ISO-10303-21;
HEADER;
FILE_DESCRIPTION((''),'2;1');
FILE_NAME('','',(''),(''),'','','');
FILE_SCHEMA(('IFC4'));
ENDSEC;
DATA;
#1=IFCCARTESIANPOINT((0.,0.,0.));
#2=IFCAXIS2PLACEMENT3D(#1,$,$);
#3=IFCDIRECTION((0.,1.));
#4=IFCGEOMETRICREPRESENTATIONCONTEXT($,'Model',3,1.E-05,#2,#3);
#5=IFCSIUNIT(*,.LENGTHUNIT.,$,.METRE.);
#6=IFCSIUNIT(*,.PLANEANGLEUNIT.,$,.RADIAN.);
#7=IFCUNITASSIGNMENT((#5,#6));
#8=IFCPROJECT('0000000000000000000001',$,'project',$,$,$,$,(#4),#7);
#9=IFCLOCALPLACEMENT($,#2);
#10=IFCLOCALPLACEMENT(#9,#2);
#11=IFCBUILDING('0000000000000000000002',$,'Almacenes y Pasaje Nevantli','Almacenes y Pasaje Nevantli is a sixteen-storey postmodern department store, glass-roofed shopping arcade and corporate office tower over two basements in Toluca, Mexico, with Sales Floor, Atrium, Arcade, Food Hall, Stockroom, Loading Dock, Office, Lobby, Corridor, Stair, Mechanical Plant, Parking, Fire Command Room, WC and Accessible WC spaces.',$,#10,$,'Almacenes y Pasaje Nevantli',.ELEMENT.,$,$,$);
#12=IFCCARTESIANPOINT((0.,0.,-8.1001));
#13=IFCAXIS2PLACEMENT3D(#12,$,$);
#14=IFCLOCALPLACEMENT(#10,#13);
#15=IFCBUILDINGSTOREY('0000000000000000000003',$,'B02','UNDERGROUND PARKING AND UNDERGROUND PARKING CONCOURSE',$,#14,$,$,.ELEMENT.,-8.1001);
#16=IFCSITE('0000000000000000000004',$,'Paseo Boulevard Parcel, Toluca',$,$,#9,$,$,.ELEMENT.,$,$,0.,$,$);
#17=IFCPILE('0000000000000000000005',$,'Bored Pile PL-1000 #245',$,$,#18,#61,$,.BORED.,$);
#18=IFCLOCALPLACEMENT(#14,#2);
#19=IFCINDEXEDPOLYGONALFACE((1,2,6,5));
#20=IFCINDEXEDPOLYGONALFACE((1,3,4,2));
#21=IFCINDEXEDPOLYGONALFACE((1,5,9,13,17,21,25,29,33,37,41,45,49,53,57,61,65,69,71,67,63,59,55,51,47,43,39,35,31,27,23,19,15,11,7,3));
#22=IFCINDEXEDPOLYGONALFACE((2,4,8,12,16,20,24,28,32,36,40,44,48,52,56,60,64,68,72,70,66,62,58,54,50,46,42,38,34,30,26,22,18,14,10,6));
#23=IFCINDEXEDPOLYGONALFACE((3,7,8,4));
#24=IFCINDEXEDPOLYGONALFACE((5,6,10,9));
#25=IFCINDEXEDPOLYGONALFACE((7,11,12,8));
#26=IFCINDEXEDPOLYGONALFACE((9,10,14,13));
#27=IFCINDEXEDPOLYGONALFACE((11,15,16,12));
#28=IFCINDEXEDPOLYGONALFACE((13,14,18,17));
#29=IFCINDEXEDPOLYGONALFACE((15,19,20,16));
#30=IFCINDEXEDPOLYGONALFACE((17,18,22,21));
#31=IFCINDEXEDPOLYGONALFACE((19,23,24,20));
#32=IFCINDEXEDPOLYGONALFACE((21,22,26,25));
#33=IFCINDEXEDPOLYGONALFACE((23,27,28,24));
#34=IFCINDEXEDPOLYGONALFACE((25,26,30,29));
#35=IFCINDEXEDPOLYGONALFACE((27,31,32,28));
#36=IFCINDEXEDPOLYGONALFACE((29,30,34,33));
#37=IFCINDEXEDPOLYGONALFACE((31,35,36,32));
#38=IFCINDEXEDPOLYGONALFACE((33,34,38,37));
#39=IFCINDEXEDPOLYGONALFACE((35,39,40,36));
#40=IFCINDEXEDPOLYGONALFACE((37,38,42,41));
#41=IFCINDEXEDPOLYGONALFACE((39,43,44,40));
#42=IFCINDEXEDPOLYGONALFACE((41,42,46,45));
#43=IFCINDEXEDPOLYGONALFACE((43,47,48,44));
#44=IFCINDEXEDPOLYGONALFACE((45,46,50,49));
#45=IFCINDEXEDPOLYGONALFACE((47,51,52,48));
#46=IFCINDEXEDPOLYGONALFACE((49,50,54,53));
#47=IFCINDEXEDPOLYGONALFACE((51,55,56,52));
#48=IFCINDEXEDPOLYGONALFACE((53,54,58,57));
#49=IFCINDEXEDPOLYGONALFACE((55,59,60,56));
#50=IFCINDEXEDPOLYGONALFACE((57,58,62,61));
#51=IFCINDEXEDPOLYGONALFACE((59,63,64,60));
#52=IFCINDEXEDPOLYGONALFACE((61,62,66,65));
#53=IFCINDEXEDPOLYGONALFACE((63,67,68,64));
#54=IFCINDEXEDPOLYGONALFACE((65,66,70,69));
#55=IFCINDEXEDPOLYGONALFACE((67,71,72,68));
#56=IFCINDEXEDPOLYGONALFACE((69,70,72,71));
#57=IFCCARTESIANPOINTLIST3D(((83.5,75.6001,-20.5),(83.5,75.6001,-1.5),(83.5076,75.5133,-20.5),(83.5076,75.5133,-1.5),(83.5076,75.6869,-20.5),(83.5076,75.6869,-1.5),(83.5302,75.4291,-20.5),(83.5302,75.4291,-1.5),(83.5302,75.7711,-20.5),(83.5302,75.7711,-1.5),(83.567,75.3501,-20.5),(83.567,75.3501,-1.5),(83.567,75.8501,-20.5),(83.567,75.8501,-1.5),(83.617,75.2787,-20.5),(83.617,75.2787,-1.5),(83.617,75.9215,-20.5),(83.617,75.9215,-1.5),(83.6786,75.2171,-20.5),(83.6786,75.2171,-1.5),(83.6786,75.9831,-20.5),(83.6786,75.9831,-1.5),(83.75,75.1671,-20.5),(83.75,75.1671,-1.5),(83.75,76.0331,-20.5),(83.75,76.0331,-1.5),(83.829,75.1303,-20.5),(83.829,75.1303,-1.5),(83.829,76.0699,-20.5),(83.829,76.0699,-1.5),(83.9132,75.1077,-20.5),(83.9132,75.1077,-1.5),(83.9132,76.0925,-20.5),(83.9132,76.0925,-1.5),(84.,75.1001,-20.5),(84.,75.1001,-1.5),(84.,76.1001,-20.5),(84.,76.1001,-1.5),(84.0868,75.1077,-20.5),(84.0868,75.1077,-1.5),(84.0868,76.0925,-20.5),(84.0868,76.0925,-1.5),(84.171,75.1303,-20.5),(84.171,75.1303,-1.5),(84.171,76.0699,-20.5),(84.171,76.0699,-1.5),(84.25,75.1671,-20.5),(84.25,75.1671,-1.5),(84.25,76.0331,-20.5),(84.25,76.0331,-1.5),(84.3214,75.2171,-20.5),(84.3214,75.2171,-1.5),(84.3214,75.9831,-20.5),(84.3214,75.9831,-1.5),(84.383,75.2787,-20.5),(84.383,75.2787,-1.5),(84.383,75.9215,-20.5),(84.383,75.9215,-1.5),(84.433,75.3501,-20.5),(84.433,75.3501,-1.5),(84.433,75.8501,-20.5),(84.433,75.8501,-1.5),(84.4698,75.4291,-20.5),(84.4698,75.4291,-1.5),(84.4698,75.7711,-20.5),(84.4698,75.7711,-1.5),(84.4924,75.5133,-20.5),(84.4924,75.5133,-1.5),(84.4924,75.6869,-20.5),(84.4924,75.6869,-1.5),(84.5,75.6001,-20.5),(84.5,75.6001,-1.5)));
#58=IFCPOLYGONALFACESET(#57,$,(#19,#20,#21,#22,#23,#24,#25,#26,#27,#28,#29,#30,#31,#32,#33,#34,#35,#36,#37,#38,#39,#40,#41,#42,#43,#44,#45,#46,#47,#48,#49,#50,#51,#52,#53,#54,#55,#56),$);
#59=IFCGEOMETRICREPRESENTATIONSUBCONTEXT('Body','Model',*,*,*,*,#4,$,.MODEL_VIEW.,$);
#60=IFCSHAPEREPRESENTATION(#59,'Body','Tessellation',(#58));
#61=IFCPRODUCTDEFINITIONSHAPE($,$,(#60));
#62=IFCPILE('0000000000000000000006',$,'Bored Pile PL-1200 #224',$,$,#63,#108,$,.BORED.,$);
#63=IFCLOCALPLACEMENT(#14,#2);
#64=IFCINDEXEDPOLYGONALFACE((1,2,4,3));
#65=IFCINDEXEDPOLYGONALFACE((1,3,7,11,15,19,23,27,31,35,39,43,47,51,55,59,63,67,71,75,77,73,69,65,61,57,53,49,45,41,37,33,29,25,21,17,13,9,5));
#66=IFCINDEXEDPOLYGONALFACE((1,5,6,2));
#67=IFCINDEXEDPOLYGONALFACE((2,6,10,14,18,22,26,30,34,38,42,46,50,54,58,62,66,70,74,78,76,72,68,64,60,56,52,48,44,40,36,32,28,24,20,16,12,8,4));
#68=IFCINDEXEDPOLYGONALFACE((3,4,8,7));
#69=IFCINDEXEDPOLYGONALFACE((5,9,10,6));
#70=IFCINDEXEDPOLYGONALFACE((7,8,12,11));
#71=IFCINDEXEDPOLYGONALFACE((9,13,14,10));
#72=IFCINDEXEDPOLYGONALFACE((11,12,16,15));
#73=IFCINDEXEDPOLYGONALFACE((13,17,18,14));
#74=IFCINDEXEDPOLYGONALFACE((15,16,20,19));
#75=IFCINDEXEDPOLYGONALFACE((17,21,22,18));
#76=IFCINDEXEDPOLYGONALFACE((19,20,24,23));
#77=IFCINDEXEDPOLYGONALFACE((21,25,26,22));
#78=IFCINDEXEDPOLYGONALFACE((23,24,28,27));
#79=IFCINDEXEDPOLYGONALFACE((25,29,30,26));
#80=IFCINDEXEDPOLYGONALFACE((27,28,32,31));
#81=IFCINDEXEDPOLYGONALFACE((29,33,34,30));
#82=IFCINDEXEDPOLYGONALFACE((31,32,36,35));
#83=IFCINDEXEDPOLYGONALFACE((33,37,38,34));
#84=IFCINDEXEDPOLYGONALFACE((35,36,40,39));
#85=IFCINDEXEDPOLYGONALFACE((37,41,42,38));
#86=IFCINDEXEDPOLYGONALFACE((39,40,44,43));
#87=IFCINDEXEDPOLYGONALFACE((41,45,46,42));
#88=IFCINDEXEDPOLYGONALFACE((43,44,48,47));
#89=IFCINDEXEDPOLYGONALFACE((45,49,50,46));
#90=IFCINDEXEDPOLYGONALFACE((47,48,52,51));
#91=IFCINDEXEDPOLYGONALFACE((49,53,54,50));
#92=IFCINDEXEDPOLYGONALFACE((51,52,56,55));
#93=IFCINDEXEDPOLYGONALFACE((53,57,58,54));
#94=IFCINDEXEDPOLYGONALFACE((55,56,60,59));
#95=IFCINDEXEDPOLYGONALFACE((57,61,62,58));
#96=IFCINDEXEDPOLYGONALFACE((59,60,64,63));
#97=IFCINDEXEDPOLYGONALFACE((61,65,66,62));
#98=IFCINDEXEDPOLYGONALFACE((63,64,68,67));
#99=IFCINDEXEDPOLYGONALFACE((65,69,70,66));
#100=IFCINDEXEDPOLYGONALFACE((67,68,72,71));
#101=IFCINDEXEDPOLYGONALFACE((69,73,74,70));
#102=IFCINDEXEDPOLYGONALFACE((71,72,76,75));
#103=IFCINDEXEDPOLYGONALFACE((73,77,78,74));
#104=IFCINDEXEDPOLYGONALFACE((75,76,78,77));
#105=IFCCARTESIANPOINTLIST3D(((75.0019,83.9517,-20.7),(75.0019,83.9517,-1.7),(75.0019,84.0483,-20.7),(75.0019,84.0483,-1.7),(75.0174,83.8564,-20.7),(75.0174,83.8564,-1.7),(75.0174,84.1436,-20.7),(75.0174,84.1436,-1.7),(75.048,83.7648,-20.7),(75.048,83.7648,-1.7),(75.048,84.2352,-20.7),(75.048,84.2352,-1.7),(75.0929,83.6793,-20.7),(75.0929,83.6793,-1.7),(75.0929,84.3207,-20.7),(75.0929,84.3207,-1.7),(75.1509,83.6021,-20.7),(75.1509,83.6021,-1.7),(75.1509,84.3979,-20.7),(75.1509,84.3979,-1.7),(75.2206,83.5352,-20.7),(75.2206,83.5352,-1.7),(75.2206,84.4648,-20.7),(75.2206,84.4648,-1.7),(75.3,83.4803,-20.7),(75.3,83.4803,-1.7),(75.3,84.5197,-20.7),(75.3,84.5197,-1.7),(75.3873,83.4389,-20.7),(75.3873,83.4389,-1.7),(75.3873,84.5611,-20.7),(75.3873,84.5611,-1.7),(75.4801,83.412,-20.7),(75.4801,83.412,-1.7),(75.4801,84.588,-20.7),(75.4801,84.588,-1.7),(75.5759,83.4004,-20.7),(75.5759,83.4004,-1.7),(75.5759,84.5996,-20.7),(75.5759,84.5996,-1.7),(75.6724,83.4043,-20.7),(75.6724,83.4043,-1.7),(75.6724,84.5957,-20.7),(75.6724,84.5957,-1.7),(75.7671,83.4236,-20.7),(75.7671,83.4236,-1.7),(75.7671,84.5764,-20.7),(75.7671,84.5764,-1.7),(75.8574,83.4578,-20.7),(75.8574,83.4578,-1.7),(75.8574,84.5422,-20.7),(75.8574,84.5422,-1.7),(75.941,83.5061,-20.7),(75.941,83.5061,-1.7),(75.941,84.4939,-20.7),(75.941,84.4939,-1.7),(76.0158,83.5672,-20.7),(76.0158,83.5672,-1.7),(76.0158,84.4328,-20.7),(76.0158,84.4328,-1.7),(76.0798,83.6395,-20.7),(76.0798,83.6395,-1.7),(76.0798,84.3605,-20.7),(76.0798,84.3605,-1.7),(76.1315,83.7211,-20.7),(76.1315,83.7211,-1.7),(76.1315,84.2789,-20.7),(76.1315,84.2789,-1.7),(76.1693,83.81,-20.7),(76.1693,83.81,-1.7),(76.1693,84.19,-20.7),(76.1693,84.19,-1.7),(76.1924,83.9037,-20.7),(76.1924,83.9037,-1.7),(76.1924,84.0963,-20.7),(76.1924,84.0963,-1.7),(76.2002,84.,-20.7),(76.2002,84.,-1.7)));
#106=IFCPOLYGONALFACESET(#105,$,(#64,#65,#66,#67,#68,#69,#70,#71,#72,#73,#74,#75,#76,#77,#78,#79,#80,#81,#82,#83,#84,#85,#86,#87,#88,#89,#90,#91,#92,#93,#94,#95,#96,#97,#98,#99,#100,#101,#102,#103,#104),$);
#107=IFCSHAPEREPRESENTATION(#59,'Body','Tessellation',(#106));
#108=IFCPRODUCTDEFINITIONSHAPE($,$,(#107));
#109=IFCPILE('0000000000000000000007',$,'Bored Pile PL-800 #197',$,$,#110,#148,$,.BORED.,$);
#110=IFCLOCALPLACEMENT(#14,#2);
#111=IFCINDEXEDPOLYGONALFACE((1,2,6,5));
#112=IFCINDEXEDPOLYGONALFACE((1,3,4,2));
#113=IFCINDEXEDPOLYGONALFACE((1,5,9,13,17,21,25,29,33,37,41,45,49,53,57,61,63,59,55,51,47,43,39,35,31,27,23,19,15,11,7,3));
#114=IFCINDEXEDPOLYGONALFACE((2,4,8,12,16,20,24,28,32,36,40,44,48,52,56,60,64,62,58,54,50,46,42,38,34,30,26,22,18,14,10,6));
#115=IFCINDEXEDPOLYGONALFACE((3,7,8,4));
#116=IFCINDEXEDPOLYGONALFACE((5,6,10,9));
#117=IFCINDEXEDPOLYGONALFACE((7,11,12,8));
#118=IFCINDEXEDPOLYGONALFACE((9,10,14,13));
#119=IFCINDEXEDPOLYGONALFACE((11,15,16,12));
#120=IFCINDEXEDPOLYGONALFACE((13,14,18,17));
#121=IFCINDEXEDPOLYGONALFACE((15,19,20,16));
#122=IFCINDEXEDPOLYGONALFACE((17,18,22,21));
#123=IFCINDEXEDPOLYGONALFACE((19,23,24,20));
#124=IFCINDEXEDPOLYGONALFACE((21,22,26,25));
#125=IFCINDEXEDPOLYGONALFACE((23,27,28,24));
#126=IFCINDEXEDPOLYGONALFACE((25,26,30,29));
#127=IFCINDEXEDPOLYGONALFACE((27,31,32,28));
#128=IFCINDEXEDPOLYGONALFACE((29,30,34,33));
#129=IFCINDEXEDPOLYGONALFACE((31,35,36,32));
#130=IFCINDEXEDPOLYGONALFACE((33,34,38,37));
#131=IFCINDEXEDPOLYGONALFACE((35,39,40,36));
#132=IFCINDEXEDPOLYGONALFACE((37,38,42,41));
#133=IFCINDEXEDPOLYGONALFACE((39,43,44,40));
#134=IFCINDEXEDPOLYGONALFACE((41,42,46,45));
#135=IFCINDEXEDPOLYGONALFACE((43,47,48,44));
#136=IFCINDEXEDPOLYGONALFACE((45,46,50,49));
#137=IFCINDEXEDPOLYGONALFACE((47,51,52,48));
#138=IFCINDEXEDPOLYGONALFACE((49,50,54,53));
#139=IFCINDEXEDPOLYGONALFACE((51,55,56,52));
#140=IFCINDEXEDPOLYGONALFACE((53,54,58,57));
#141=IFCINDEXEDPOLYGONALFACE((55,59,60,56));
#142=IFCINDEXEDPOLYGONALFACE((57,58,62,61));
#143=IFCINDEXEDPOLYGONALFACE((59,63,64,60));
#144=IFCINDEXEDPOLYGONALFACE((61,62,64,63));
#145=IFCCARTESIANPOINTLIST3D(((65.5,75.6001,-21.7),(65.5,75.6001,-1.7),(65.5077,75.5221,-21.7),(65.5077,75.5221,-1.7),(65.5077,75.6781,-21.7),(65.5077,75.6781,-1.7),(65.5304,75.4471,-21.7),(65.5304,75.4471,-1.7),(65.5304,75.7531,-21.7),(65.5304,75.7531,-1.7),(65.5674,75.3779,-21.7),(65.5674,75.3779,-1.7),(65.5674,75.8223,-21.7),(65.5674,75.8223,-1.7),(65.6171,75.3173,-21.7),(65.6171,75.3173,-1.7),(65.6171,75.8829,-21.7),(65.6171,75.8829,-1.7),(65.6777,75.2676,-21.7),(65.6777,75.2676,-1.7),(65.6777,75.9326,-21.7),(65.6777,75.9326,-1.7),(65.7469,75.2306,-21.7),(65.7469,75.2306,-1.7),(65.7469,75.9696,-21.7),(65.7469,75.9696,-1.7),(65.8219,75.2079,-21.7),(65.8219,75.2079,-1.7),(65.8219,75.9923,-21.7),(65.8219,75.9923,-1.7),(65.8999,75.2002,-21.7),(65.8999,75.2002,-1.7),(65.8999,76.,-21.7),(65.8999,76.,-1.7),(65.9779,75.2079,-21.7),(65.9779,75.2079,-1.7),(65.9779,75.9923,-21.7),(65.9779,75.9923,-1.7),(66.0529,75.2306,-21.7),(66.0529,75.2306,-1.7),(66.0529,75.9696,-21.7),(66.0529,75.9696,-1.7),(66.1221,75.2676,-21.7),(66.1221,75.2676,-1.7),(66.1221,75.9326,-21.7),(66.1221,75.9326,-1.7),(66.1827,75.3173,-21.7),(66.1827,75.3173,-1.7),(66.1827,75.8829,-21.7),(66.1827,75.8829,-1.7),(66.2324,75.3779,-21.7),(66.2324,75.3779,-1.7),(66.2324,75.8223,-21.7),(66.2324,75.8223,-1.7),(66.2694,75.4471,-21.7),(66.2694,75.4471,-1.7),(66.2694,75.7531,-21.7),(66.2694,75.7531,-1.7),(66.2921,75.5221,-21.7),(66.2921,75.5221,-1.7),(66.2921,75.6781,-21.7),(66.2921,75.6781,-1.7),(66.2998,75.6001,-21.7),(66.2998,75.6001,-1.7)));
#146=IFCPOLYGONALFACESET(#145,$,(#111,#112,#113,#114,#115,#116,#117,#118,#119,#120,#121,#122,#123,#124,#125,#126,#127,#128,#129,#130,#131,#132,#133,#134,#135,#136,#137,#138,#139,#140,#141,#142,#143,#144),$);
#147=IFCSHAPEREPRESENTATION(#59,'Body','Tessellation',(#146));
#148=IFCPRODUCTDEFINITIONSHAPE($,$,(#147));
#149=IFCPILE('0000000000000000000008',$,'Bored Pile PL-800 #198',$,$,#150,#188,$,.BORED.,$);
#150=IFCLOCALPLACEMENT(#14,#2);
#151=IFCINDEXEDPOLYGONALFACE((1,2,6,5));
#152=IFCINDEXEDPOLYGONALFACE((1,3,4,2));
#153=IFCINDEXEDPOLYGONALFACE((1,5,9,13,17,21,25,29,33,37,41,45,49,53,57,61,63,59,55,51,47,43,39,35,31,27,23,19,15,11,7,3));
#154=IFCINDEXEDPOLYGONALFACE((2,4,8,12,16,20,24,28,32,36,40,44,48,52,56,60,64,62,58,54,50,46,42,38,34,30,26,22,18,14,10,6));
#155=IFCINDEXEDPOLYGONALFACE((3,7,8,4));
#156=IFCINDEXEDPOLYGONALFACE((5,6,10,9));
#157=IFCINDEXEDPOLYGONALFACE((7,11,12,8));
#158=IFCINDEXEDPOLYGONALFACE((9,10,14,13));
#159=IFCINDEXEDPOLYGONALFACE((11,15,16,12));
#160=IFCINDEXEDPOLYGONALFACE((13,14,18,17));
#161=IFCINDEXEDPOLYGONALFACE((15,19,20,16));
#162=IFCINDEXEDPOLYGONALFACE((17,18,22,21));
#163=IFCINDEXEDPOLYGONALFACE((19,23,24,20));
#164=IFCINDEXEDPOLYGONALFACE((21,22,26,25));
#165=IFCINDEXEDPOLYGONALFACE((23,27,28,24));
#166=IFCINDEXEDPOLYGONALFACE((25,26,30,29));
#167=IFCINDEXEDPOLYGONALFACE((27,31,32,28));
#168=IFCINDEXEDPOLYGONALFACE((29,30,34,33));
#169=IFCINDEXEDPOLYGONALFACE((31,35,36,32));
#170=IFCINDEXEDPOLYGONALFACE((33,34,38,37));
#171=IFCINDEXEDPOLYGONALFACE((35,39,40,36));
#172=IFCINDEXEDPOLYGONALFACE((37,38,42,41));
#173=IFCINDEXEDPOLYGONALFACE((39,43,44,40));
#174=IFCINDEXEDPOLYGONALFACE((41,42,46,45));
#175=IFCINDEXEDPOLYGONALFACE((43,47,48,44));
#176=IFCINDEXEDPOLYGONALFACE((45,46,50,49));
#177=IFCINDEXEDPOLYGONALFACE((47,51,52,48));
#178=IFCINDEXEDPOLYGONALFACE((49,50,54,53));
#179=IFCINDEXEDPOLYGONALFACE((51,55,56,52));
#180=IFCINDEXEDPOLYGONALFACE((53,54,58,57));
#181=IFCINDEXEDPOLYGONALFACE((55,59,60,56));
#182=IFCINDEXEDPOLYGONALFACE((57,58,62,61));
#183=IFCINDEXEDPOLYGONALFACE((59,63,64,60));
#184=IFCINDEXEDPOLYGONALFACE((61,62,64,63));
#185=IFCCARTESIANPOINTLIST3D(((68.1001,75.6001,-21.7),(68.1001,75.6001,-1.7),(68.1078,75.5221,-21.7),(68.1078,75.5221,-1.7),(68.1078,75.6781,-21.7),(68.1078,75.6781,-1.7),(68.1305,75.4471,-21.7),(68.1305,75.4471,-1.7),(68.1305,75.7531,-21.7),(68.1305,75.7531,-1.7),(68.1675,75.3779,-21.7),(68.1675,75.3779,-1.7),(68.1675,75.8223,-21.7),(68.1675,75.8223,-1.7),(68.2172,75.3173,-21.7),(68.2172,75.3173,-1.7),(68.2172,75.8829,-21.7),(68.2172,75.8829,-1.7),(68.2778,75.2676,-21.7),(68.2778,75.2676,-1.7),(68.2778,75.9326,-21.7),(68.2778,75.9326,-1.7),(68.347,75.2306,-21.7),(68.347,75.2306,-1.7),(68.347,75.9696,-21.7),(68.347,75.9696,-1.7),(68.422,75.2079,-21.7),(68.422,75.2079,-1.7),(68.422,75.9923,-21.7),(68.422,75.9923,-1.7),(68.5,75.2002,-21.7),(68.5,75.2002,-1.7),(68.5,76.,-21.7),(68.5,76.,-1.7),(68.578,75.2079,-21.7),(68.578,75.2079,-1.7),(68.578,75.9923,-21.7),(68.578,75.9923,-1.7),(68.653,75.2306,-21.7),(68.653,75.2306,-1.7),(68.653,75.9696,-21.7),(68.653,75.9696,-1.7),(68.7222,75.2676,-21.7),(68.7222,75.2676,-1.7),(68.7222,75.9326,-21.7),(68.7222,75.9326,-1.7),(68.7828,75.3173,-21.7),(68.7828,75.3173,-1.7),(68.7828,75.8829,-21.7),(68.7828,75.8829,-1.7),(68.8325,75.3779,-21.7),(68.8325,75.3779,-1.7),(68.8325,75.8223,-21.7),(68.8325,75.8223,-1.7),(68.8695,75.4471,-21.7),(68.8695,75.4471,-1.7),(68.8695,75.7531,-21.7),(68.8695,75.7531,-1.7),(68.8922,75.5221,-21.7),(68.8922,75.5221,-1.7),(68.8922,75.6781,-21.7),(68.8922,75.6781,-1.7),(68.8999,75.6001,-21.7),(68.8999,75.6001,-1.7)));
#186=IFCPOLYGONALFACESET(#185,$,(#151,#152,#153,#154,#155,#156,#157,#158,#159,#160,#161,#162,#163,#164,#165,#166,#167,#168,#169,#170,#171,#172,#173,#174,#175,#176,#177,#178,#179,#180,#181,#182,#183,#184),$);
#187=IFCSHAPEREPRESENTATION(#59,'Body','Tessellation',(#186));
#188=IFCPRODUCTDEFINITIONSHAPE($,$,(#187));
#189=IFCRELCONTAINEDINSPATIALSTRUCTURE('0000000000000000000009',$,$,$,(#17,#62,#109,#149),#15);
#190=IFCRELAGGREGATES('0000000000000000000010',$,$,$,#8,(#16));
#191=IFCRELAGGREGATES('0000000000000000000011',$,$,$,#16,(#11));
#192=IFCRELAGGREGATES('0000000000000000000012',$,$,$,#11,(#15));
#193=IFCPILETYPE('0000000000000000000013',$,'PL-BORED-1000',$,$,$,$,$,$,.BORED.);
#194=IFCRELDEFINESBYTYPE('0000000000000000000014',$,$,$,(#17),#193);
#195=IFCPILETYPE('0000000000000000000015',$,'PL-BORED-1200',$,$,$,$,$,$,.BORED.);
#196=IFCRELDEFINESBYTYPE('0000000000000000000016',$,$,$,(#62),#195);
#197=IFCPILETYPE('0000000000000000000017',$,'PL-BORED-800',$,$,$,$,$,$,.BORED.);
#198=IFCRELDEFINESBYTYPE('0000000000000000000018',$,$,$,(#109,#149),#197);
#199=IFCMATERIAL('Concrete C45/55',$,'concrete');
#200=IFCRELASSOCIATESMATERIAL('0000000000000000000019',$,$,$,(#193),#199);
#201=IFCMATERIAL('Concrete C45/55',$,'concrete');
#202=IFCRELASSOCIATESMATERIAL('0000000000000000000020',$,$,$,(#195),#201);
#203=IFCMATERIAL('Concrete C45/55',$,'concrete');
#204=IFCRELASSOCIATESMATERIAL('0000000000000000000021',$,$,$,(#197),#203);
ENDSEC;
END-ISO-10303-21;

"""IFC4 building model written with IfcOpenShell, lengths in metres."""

from ifc_helpers import new_model, si_unit, direction, frame, origin, origin_2d, place, context, subcontext, project, spatial, circle, extrude, material, material_profile, profile_set, type_object, element, save


model = new_model("IFC4")

# Units and contexts
model_context = context("Model", 3, precision=1e-05, world=origin(), true_north=direction((0.0, 1.0)))
body_context = subcontext(model_context, "Body", "Model", "MODEL_VIEW")
ifc_project = project(units=[si_unit("LENGTHUNIT", "METRE"), si_unit("PLANEANGLEUNIT", "RADIAN")], contexts=[model_context])

# Site, building, storey
site_placement = place(None, origin())
site = spatial("IfcSite", under=ifc_project, at=site_placement, Name="Paseo Boulevard Parcel, Toluca", CompositionType="ELEMENT", RefElevation=0.0)
building_placement = place(site_placement, origin())
building = spatial("IfcBuilding", under=site, at=building_placement, Name="Almacenes y Pasaje Nevantli", Description="Almacenes y Pasaje Nevantli is a sixteen-storey postmodern department store, glass-roofed shopping arcade and corporate office tower over two basements in Toluca, Mexico, with Sales Floor, Atrium, Arcade, Food Hall, Stockroom, Loading Dock, Office, Lobby, Corridor, Stair, Mechanical Plant, Parking, Fire Command Room, WC and Accessible WC spaces.", LongName="Almacenes y Pasaje Nevantli", CompositionType="ELEMENT")
storey_placement = place(building_placement, frame((0.0, 0.0, -8.1001)))
storey = spatial("IfcBuildingStorey", under=building, at=storey_placement, Name="B02", Description="UNDERGROUND PARKING AND UNDERGROUND PARKING CONCOURSE", CompositionType="ELEMENT", Elevation=-8.1001)

# Piles
ifc_material_1 = material(Name="Concrete C45/55", Category="concrete")
ifc_material_profile_1 = material_profile(ifc_material_1, circle(Radius=0.5, at=origin_2d()), Name="RC-PILE-D1000")
ifc_profile_set_1 = profile_set([ifc_material_profile_1], Name="Concrete C45/55")
pile_type_1 = type_object("IfcPileType", Name="PL-BORED-1000", PredefinedType="BORED", material=ifc_profile_set_1)
pile_1_placement = place(storey_placement, frame((84.0, 75.6001, -1.5), z_axis=(0.0, 0.0, -1.0), x_axis=(1.0, 0.0, 0.0)))
element("IfcPile", 1, at=pile_1_placement, inside=storey, type_object=pile_type_1, Name="Bored Pile PL-1000 #245", PredefinedType="BORED", context=body_context, shape_type="SweptSolid", body=[
    extrude(circle(Radius=0.5, at=origin_2d()), origin(), (0.0, 0.0, 1.0), 19.0),
])
ifc_material_2 = material(Name="Concrete C45/55", Category="concrete")
ifc_material_profile_2 = material_profile(ifc_material_2, circle(Radius=0.6001, at=origin_2d()), Name="RC-PILE-D1200")
ifc_profile_set_2 = profile_set([ifc_material_profile_2], Name="Concrete C45/55")
pile_type_2 = type_object("IfcPileType", Name="PL-BORED-1200", PredefinedType="BORED", material=ifc_profile_set_2)
pile_2_placement = place(storey_placement, frame((75.6001, 84.0, -1.7), z_axis=(0.0, 0.0, -1.0), x_axis=(1.0, 0.0, 0.0)))
element("IfcPile", 2, at=pile_2_placement, inside=storey, type_object=pile_type_2, Name="Bored Pile PL-1200 #224", PredefinedType="BORED", context=body_context, shape_type="SweptSolid", body=[
    extrude(circle(Radius=0.6001, at=origin_2d()), origin(), (0.0, 0.0, 1.0), 19.0),
])
ifc_material_3 = material(Name="Concrete C45/55", Category="concrete")
ifc_material_profile_3 = material_profile(ifc_material_3, circle(Radius=0.3999, at=origin_2d()), Name="RC-PILE-D800")
ifc_profile_set_3 = profile_set([ifc_material_profile_3], Name="Concrete C45/55")
pile_type_3 = type_object("IfcPileType", Name="PL-BORED-800", PredefinedType="BORED", material=ifc_profile_set_3)
for number, where, z_axis, x_axis, name in (
    (3, (65.8999, 75.6001, -1.7), (0.0, 0.0, -1.0), (1.0, 0.0, 0.0), "Bored Pile PL-800 #197"),
    (4, (68.5, 75.6001, -1.7), (0.0, 0.0, -1.0), (1.0, 0.0, 0.0), "Bored Pile PL-800 #198"),
):
    element("IfcPile", number, at=place(storey_placement, frame(where, z_axis=z_axis, x_axis=x_axis)), inside=storey, type_object=pile_type_3, Name=name, PredefinedType="BORED", context=body_context, shape_type="SweptSolid", body=[
        extrude(circle(Radius=0.3999, at=origin_2d()), origin(), (0.0, 0.0, 1.0), 20.0),
    ])

save(model, "model.ifc")
